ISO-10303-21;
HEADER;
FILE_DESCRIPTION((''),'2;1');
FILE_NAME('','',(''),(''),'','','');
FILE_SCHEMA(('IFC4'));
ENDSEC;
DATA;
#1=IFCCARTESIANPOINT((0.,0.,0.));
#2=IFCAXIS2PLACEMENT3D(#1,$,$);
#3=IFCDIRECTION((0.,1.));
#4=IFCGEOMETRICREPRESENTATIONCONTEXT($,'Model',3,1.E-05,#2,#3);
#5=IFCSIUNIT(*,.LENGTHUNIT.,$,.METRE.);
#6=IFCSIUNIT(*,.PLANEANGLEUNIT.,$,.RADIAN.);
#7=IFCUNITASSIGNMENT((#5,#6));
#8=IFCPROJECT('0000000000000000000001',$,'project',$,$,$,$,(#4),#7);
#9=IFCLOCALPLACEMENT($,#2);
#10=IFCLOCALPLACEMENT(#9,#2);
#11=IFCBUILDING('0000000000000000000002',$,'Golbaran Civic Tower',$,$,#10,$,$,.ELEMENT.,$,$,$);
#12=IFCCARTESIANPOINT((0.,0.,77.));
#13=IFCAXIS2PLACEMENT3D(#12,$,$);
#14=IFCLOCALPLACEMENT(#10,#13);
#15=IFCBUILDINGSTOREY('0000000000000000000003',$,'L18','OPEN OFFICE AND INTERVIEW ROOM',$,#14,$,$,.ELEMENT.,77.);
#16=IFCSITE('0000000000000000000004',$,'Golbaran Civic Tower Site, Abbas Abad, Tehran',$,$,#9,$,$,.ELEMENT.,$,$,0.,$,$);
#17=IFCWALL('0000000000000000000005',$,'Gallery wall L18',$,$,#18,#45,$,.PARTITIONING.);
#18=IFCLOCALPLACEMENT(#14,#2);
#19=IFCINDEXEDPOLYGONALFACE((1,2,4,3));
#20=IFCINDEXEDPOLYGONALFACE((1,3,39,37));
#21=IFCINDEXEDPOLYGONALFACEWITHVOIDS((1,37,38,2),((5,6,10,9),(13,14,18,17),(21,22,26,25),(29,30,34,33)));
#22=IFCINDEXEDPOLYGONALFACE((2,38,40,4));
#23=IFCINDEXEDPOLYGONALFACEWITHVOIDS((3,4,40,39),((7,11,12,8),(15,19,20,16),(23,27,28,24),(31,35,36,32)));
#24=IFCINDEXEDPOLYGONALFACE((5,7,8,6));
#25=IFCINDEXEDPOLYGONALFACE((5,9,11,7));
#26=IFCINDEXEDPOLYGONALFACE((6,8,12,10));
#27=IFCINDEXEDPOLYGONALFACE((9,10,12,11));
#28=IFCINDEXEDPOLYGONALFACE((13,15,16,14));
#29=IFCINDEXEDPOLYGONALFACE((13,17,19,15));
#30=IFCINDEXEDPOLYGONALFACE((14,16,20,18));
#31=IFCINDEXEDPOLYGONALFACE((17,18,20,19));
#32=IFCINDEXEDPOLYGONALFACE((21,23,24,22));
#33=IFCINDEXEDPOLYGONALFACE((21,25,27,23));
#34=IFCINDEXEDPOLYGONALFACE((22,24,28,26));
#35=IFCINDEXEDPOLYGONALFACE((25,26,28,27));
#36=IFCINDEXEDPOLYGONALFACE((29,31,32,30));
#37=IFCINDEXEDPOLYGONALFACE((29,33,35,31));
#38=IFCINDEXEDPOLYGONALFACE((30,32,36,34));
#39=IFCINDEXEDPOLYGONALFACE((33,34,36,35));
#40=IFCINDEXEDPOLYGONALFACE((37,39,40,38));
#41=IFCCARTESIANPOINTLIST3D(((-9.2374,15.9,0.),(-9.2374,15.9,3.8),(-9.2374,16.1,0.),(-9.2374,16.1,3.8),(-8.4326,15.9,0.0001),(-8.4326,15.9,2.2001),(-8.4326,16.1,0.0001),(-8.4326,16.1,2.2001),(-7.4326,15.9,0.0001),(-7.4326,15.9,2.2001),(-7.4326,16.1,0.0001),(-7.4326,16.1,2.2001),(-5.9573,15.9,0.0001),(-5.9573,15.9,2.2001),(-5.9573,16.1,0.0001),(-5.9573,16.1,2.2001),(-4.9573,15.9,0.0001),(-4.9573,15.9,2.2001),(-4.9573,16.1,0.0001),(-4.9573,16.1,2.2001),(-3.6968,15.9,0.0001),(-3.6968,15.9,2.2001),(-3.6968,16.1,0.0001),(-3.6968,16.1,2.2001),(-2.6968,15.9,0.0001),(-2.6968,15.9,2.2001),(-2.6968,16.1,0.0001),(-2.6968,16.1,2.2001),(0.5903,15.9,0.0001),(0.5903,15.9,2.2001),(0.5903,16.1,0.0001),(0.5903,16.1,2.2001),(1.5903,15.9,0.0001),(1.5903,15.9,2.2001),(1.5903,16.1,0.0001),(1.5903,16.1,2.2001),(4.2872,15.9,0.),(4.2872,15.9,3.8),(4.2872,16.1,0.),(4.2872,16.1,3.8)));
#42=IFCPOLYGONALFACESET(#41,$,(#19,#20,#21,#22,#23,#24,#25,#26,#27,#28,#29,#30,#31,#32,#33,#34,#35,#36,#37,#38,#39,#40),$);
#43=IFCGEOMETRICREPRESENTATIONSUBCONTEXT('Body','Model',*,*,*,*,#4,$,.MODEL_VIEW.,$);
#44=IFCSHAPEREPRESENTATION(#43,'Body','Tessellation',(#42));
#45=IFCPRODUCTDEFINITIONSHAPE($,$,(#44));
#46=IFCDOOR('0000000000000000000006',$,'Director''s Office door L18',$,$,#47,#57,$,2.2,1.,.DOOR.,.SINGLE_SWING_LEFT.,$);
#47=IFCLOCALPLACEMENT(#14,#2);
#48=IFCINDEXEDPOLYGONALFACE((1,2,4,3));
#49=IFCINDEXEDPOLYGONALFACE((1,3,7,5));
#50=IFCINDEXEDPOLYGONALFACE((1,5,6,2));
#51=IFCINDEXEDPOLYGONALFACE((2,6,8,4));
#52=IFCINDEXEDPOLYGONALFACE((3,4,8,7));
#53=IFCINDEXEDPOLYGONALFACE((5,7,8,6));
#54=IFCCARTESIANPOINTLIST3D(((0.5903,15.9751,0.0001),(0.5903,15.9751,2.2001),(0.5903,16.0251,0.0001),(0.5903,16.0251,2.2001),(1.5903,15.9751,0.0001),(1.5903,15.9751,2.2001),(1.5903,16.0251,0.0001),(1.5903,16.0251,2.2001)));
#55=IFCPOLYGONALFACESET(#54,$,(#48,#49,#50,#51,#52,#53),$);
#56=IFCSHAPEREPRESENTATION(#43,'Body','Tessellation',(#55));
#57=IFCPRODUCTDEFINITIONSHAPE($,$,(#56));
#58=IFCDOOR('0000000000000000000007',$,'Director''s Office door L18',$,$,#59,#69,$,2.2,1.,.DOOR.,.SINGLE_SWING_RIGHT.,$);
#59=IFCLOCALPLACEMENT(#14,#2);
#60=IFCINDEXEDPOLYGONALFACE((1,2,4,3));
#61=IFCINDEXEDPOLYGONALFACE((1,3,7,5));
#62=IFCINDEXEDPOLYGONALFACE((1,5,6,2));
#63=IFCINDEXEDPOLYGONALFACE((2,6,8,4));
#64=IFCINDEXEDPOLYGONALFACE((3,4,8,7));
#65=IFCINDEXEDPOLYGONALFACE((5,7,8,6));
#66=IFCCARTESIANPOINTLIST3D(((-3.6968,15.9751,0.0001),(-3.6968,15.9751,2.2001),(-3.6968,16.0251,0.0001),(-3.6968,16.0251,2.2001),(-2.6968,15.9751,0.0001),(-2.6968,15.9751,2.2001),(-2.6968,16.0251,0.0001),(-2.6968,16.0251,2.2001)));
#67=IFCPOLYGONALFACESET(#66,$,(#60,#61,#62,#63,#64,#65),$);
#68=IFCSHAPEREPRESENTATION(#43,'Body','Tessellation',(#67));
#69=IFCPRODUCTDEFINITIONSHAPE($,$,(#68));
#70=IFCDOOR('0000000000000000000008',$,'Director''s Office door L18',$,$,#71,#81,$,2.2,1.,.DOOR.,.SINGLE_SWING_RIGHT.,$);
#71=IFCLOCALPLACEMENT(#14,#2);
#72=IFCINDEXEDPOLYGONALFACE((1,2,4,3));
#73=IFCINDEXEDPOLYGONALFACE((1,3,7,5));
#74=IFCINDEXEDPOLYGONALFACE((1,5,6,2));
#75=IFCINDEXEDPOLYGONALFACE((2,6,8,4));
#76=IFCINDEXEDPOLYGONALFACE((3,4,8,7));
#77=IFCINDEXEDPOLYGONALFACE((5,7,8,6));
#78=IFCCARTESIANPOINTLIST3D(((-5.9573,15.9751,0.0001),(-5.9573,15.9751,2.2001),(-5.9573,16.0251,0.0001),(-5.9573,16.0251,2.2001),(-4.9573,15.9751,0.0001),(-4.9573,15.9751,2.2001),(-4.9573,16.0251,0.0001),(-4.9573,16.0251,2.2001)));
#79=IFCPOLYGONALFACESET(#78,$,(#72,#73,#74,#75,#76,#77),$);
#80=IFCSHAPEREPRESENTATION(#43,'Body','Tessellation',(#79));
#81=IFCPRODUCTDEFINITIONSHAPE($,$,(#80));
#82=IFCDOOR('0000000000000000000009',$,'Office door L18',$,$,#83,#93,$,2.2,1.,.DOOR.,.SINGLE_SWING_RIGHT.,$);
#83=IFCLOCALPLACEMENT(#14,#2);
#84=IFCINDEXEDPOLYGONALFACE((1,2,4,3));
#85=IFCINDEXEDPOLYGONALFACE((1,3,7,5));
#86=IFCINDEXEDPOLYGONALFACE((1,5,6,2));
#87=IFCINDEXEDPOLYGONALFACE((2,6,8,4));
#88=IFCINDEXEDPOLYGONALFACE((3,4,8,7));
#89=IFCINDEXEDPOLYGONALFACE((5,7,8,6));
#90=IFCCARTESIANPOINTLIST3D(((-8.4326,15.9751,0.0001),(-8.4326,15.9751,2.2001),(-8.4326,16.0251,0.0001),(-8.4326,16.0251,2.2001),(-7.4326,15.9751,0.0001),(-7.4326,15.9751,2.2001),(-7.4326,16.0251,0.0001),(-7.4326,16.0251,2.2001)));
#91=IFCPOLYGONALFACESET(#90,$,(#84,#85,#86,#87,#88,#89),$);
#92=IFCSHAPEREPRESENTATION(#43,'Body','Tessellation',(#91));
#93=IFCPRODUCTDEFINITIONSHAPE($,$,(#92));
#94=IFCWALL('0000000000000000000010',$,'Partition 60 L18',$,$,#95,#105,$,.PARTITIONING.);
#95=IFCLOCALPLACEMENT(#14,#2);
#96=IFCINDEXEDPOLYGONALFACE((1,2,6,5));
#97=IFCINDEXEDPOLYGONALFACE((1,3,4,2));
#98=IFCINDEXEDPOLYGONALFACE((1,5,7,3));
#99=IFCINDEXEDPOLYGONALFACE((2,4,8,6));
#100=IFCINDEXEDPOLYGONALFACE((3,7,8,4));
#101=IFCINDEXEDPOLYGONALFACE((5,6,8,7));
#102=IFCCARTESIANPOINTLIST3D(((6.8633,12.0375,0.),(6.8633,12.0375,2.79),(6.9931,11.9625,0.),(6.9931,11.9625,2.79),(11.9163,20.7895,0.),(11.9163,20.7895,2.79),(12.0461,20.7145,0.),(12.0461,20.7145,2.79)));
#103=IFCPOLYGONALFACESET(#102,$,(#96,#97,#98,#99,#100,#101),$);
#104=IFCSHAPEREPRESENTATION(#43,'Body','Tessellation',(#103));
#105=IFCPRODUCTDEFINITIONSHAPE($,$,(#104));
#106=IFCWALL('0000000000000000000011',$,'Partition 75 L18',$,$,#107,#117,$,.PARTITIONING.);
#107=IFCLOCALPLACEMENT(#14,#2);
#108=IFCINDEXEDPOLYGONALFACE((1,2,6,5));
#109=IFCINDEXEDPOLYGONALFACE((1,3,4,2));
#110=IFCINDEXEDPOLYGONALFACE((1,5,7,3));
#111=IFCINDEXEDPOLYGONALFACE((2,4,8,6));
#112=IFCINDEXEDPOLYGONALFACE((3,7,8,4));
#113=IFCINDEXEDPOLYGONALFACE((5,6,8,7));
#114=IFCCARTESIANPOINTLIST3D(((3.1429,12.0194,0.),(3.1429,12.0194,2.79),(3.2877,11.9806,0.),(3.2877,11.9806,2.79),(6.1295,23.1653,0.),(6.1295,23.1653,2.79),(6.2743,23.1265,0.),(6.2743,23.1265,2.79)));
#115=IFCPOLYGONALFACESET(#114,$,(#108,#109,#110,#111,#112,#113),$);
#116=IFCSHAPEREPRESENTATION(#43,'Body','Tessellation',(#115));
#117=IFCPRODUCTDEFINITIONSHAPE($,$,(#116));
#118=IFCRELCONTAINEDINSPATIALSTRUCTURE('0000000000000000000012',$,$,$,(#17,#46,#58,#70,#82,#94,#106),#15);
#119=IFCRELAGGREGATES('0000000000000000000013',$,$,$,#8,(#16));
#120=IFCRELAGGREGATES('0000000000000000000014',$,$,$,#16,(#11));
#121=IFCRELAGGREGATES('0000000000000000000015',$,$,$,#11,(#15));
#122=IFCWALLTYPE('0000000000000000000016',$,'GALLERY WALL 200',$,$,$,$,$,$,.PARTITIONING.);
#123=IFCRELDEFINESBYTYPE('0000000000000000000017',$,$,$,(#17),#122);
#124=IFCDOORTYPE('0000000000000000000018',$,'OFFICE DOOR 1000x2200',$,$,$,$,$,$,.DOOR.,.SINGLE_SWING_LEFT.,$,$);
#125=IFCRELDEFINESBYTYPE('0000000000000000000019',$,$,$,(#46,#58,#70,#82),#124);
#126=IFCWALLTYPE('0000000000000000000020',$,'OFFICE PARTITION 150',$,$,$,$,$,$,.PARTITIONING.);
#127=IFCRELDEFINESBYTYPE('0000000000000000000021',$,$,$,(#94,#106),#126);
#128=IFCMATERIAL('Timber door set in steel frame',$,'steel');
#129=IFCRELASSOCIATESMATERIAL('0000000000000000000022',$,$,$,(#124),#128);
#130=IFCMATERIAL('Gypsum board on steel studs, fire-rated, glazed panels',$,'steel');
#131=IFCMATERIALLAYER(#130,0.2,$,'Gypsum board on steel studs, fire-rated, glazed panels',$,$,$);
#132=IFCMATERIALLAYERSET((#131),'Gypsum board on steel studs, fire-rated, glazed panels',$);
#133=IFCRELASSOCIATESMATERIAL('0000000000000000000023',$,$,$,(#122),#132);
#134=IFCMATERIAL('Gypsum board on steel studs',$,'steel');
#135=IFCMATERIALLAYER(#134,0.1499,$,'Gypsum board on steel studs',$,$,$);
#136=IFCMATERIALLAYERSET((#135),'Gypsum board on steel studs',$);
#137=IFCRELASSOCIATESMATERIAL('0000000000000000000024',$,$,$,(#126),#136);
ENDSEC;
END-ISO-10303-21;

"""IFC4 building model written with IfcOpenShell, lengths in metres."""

from ifc_helpers import new_model, si_unit, direction, frame, frame_2d, origin, place, context, subcontext, project, spatial, rectangle, extrude, material, layer, layer_set, type_object, element, fill, save


model = new_model("IFC4")

# Units and contexts
model_context = context("Model", 3, precision=1e-05, world=origin(), true_north=direction((0.0, 1.0)))
body_context = subcontext(model_context, "Body", "Model", "MODEL_VIEW")
ifc_project = project(units=[si_unit("LENGTHUNIT", "METRE"), si_unit("PLANEANGLEUNIT", "RADIAN")], contexts=[model_context])

# Site, building, storey
site_placement = place(None, origin())
site = spatial("IfcSite", under=ifc_project, at=site_placement, Name="Golbaran Civic Tower Site, Abbas Abad, Tehran", CompositionType="ELEMENT", RefElevation=0.0)
building_placement = place(site_placement, origin())
building = spatial("IfcBuilding", under=site, at=building_placement, Name="Golbaran Civic Tower", CompositionType="ELEMENT")
storey_placement = place(building_placement, frame((0.0, 0.0, 77.0)))
storey = spatial("IfcBuildingStorey", under=building, at=storey_placement, Name="L18", Description="OPEN OFFICE AND INTERVIEW ROOM", CompositionType="ELEMENT", Elevation=77.0)

# Shared definitions
ifc_material_1 = material(Name="Timber door set in steel frame", Category="steel")

# Shared definitions
door_type_1 = type_object("IfcDoorType", Name="OFFICE DOOR 1000x2200", OperationType="SINGLE_SWING_LEFT", PredefinedType="DOOR", material=ifc_material_1)

# Wall, openings, doors
ifc_material_2 = material(Name="Gypsum board on steel studs, fire-rated, glazed panels", Category="steel")
ifc_layer_1 = layer(ifc_material_2, 0.2, Name="Gypsum board on steel studs, fire-rated, glazed panels")
ifc_layer_set_1 = layer_set([ifc_layer_1], Name="Gypsum board on steel studs, fire-rated, glazed panels")
wall_type_1 = type_object("IfcWallType", Name="GALLERY WALL 200", PredefinedType="PARTITIONING", material=ifc_layer_set_1)
wall_1_placement = place(storey_placement, frame((4.2871, 16.0, 0.0), z_axis=(0.0, 0.0, 1.0), x_axis=(-1.0, 0.0, 0.0)))
wall_1 = element("IfcWall", 1, at=wall_1_placement, inside=storey, type_object=wall_type_1, Name="Gallery wall L18", PredefinedType="PARTITIONING", context=body_context, shape_type="SweptSolid", body=[
    extrude(rectangle(XDim=13.5247, YDim=0.2, at=frame_2d((6.7622, 0.0))), origin(), (0.0, 0.0, 1.0), 3.8),
])
opening_1_placement = place(wall_1_placement, frame((2.6968, 0.0, 0.0)))
opening_1 = element("IfcOpeningElement", 2, at=opening_1_placement, cuts=wall_1, PredefinedType="OPENING", context=body_context, shape_type="SweptSolid", body=[
    extrude(rectangle(XDim=1.0, YDim=2.2, at=frame_2d((0.5, 1.1001))), frame((0.0, 0.1099, 0.0), z_axis=(0.0, -1.0, 0.0), x_axis=(1.0, 0.0, 0.0)), (0.0, 0.0, 1.0), 0.22),
])
opening_2_placement = place(wall_1_placement, frame((6.9839, 0.0, 0.0)))
opening_2 = element("IfcOpeningElement", 3, at=opening_2_placement, cuts=wall_1, PredefinedType="OPENING", context=body_context, shape_type="SweptSolid", body=[
    extrude(rectangle(XDim=1.0, YDim=2.2, at=frame_2d((0.5, 1.1001))), frame((0.0, 0.1099, 0.0), z_axis=(0.0, -1.0, 0.0), x_axis=(1.0, 0.0, 0.0)), (0.0, 0.0, 1.0), 0.22),
])
opening_3_placement = place(wall_1_placement, frame((9.2444, 0.0, 0.0)))
opening_3 = element("IfcOpeningElement", 4, at=opening_3_placement, cuts=wall_1, PredefinedType="OPENING", context=body_context, shape_type="SweptSolid", body=[
    extrude(rectangle(XDim=1.0, YDim=2.2, at=frame_2d((0.5, 1.1001))), frame((0.0, 0.1099, 0.0), z_axis=(0.0, -1.0, 0.0), x_axis=(1.0, 0.0, 0.0)), (0.0, 0.0, 1.0), 0.22),
])
opening_4_placement = place(wall_1_placement, frame((11.7197, 0.0, 0.0)))
opening_4 = element("IfcOpeningElement", 5, at=opening_4_placement, cuts=wall_1, PredefinedType="OPENING", context=body_context, shape_type="SweptSolid", body=[
    extrude(rectangle(XDim=1.0, YDim=2.2, at=frame_2d((0.5, 1.1001))), frame((0.0, 0.1099, 0.0), z_axis=(0.0, -1.0, 0.0), x_axis=(1.0, 0.0, 0.0)), (0.0, 0.0, 1.0), 0.22),
])
door_1_placement = place(opening_1_placement, origin())
door_1 = element("IfcDoor", 6, at=door_1_placement, inside=storey, type_object=door_type_1, Name="Director's Office door L18", OperationType="SINGLE_SWING_LEFT", OverallHeight=2.2, OverallWidth=1.0, PredefinedType="DOOR", context=body_context, shape_type="SweptSolid", body=[
    extrude(rectangle(XDim=1.0, YDim=2.2, at=frame_2d((0.5, 1.1001))), frame((0.0, 0.0249, 0.0), z_axis=(0.0, -1.0, 0.0), x_axis=(1.0, 0.0, 0.0)), (0.0, 0.0, 1.0), 0.05),
])
fill(opening_1, door_1)
door_2_placement = place(opening_2_placement, origin())
door_2 = element("IfcDoor", 7, at=door_2_placement, inside=storey, type_object=door_type_1, Name="Director's Office door L18", OperationType="SINGLE_SWING_RIGHT", OverallHeight=2.2, OverallWidth=1.0, PredefinedType="DOOR", context=body_context, shape_type="SweptSolid", body=[
    extrude(rectangle(XDim=1.0, YDim=2.2, at=frame_2d((0.5, 1.1001))), frame((0.0, 0.0249, 0.0), z_axis=(0.0, -1.0, 0.0), x_axis=(1.0, 0.0, 0.0)), (0.0, 0.0, 1.0), 0.05),
])
fill(opening_2, door_2)
door_3_placement = place(opening_3_placement, origin())
door_3 = element("IfcDoor", 8, at=door_3_placement, inside=storey, type_object=door_type_1, Name="Director's Office door L18", OperationType="SINGLE_SWING_RIGHT", OverallHeight=2.2, OverallWidth=1.0, PredefinedType="DOOR", context=body_context, shape_type="SweptSolid", body=[
    extrude(rectangle(XDim=1.0, YDim=2.2, at=frame_2d((0.5, 1.1001))), frame((0.0, 0.0249, 0.0), z_axis=(0.0, -1.0, 0.0), x_axis=(1.0, 0.0, 0.0)), (0.0, 0.0, 1.0), 0.05),
])
fill(opening_3, door_3)
door_4_placement = place(opening_4_placement, origin())
door_4 = element("IfcDoor", 9, at=door_4_placement, inside=storey, type_object=door_type_1, Name="Office door L18", OperationType="SINGLE_SWING_RIGHT", OverallHeight=2.2, OverallWidth=1.0, PredefinedType="DOOR", context=body_context, shape_type="SweptSolid", body=[
    extrude(rectangle(XDim=1.0, YDim=2.2, at=frame_2d((0.5, 1.1001))), frame((0.0, 0.0249, 0.0), z_axis=(0.0, -1.0, 0.0), x_axis=(1.0, 0.0, 0.0)), (0.0, 0.0, 1.0), 0.05),
])
fill(opening_4, door_4)

# Walls
ifc_material_3 = material(Name="Gypsum board on steel studs", Category="steel")
ifc_layer_2 = layer(ifc_material_3, 0.1499, Name="Gypsum board on steel studs")
ifc_layer_set_2 = layer_set([ifc_layer_2], Name="Gypsum board on steel studs")
wall_type_2 = type_object("IfcWallType", Name="OFFICE PARTITION 150", PredefinedType="PARTITIONING", material=ifc_layer_set_2)
wall_2_placement = place(storey_placement, frame((6.9282, 12.0, 0.0), z_axis=(0.0, 0.0, 1.0), x_axis=(0.500003, 0.866024, 0.0)))
element("IfcWall", 10, at=wall_2_placement, inside=storey, type_object=wall_type_2, Name="Partition 60 L18", PredefinedType="PARTITIONING", context=body_context, shape_type="SweptSolid", body=[
    extrude(rectangle(XDim=10.106, YDim=0.1499, at=frame_2d((5.053, 0.0))), origin(), (0.0, 0.0, 1.0), 2.79),
])
wall_3_placement = place(storey_placement, frame((3.2153, 12.0, 0.0), z_axis=(0.0, 0.0, 1.0), x_axis=(0.258825, 0.965924, 0.0)))
element("IfcWall", 11, at=wall_3_placement, inside=storey, type_object=wall_type_2, Name="Partition 75 L18", PredefinedType="PARTITIONING", context=body_context, shape_type="SweptSolid", body=[
    extrude(rectangle(XDim=11.5391, YDim=0.1499, at=frame_2d((5.7695, 0.0))), origin(), (0.0, 0.0, 1.0), 2.79),
])

save(model, "model.ifc")
